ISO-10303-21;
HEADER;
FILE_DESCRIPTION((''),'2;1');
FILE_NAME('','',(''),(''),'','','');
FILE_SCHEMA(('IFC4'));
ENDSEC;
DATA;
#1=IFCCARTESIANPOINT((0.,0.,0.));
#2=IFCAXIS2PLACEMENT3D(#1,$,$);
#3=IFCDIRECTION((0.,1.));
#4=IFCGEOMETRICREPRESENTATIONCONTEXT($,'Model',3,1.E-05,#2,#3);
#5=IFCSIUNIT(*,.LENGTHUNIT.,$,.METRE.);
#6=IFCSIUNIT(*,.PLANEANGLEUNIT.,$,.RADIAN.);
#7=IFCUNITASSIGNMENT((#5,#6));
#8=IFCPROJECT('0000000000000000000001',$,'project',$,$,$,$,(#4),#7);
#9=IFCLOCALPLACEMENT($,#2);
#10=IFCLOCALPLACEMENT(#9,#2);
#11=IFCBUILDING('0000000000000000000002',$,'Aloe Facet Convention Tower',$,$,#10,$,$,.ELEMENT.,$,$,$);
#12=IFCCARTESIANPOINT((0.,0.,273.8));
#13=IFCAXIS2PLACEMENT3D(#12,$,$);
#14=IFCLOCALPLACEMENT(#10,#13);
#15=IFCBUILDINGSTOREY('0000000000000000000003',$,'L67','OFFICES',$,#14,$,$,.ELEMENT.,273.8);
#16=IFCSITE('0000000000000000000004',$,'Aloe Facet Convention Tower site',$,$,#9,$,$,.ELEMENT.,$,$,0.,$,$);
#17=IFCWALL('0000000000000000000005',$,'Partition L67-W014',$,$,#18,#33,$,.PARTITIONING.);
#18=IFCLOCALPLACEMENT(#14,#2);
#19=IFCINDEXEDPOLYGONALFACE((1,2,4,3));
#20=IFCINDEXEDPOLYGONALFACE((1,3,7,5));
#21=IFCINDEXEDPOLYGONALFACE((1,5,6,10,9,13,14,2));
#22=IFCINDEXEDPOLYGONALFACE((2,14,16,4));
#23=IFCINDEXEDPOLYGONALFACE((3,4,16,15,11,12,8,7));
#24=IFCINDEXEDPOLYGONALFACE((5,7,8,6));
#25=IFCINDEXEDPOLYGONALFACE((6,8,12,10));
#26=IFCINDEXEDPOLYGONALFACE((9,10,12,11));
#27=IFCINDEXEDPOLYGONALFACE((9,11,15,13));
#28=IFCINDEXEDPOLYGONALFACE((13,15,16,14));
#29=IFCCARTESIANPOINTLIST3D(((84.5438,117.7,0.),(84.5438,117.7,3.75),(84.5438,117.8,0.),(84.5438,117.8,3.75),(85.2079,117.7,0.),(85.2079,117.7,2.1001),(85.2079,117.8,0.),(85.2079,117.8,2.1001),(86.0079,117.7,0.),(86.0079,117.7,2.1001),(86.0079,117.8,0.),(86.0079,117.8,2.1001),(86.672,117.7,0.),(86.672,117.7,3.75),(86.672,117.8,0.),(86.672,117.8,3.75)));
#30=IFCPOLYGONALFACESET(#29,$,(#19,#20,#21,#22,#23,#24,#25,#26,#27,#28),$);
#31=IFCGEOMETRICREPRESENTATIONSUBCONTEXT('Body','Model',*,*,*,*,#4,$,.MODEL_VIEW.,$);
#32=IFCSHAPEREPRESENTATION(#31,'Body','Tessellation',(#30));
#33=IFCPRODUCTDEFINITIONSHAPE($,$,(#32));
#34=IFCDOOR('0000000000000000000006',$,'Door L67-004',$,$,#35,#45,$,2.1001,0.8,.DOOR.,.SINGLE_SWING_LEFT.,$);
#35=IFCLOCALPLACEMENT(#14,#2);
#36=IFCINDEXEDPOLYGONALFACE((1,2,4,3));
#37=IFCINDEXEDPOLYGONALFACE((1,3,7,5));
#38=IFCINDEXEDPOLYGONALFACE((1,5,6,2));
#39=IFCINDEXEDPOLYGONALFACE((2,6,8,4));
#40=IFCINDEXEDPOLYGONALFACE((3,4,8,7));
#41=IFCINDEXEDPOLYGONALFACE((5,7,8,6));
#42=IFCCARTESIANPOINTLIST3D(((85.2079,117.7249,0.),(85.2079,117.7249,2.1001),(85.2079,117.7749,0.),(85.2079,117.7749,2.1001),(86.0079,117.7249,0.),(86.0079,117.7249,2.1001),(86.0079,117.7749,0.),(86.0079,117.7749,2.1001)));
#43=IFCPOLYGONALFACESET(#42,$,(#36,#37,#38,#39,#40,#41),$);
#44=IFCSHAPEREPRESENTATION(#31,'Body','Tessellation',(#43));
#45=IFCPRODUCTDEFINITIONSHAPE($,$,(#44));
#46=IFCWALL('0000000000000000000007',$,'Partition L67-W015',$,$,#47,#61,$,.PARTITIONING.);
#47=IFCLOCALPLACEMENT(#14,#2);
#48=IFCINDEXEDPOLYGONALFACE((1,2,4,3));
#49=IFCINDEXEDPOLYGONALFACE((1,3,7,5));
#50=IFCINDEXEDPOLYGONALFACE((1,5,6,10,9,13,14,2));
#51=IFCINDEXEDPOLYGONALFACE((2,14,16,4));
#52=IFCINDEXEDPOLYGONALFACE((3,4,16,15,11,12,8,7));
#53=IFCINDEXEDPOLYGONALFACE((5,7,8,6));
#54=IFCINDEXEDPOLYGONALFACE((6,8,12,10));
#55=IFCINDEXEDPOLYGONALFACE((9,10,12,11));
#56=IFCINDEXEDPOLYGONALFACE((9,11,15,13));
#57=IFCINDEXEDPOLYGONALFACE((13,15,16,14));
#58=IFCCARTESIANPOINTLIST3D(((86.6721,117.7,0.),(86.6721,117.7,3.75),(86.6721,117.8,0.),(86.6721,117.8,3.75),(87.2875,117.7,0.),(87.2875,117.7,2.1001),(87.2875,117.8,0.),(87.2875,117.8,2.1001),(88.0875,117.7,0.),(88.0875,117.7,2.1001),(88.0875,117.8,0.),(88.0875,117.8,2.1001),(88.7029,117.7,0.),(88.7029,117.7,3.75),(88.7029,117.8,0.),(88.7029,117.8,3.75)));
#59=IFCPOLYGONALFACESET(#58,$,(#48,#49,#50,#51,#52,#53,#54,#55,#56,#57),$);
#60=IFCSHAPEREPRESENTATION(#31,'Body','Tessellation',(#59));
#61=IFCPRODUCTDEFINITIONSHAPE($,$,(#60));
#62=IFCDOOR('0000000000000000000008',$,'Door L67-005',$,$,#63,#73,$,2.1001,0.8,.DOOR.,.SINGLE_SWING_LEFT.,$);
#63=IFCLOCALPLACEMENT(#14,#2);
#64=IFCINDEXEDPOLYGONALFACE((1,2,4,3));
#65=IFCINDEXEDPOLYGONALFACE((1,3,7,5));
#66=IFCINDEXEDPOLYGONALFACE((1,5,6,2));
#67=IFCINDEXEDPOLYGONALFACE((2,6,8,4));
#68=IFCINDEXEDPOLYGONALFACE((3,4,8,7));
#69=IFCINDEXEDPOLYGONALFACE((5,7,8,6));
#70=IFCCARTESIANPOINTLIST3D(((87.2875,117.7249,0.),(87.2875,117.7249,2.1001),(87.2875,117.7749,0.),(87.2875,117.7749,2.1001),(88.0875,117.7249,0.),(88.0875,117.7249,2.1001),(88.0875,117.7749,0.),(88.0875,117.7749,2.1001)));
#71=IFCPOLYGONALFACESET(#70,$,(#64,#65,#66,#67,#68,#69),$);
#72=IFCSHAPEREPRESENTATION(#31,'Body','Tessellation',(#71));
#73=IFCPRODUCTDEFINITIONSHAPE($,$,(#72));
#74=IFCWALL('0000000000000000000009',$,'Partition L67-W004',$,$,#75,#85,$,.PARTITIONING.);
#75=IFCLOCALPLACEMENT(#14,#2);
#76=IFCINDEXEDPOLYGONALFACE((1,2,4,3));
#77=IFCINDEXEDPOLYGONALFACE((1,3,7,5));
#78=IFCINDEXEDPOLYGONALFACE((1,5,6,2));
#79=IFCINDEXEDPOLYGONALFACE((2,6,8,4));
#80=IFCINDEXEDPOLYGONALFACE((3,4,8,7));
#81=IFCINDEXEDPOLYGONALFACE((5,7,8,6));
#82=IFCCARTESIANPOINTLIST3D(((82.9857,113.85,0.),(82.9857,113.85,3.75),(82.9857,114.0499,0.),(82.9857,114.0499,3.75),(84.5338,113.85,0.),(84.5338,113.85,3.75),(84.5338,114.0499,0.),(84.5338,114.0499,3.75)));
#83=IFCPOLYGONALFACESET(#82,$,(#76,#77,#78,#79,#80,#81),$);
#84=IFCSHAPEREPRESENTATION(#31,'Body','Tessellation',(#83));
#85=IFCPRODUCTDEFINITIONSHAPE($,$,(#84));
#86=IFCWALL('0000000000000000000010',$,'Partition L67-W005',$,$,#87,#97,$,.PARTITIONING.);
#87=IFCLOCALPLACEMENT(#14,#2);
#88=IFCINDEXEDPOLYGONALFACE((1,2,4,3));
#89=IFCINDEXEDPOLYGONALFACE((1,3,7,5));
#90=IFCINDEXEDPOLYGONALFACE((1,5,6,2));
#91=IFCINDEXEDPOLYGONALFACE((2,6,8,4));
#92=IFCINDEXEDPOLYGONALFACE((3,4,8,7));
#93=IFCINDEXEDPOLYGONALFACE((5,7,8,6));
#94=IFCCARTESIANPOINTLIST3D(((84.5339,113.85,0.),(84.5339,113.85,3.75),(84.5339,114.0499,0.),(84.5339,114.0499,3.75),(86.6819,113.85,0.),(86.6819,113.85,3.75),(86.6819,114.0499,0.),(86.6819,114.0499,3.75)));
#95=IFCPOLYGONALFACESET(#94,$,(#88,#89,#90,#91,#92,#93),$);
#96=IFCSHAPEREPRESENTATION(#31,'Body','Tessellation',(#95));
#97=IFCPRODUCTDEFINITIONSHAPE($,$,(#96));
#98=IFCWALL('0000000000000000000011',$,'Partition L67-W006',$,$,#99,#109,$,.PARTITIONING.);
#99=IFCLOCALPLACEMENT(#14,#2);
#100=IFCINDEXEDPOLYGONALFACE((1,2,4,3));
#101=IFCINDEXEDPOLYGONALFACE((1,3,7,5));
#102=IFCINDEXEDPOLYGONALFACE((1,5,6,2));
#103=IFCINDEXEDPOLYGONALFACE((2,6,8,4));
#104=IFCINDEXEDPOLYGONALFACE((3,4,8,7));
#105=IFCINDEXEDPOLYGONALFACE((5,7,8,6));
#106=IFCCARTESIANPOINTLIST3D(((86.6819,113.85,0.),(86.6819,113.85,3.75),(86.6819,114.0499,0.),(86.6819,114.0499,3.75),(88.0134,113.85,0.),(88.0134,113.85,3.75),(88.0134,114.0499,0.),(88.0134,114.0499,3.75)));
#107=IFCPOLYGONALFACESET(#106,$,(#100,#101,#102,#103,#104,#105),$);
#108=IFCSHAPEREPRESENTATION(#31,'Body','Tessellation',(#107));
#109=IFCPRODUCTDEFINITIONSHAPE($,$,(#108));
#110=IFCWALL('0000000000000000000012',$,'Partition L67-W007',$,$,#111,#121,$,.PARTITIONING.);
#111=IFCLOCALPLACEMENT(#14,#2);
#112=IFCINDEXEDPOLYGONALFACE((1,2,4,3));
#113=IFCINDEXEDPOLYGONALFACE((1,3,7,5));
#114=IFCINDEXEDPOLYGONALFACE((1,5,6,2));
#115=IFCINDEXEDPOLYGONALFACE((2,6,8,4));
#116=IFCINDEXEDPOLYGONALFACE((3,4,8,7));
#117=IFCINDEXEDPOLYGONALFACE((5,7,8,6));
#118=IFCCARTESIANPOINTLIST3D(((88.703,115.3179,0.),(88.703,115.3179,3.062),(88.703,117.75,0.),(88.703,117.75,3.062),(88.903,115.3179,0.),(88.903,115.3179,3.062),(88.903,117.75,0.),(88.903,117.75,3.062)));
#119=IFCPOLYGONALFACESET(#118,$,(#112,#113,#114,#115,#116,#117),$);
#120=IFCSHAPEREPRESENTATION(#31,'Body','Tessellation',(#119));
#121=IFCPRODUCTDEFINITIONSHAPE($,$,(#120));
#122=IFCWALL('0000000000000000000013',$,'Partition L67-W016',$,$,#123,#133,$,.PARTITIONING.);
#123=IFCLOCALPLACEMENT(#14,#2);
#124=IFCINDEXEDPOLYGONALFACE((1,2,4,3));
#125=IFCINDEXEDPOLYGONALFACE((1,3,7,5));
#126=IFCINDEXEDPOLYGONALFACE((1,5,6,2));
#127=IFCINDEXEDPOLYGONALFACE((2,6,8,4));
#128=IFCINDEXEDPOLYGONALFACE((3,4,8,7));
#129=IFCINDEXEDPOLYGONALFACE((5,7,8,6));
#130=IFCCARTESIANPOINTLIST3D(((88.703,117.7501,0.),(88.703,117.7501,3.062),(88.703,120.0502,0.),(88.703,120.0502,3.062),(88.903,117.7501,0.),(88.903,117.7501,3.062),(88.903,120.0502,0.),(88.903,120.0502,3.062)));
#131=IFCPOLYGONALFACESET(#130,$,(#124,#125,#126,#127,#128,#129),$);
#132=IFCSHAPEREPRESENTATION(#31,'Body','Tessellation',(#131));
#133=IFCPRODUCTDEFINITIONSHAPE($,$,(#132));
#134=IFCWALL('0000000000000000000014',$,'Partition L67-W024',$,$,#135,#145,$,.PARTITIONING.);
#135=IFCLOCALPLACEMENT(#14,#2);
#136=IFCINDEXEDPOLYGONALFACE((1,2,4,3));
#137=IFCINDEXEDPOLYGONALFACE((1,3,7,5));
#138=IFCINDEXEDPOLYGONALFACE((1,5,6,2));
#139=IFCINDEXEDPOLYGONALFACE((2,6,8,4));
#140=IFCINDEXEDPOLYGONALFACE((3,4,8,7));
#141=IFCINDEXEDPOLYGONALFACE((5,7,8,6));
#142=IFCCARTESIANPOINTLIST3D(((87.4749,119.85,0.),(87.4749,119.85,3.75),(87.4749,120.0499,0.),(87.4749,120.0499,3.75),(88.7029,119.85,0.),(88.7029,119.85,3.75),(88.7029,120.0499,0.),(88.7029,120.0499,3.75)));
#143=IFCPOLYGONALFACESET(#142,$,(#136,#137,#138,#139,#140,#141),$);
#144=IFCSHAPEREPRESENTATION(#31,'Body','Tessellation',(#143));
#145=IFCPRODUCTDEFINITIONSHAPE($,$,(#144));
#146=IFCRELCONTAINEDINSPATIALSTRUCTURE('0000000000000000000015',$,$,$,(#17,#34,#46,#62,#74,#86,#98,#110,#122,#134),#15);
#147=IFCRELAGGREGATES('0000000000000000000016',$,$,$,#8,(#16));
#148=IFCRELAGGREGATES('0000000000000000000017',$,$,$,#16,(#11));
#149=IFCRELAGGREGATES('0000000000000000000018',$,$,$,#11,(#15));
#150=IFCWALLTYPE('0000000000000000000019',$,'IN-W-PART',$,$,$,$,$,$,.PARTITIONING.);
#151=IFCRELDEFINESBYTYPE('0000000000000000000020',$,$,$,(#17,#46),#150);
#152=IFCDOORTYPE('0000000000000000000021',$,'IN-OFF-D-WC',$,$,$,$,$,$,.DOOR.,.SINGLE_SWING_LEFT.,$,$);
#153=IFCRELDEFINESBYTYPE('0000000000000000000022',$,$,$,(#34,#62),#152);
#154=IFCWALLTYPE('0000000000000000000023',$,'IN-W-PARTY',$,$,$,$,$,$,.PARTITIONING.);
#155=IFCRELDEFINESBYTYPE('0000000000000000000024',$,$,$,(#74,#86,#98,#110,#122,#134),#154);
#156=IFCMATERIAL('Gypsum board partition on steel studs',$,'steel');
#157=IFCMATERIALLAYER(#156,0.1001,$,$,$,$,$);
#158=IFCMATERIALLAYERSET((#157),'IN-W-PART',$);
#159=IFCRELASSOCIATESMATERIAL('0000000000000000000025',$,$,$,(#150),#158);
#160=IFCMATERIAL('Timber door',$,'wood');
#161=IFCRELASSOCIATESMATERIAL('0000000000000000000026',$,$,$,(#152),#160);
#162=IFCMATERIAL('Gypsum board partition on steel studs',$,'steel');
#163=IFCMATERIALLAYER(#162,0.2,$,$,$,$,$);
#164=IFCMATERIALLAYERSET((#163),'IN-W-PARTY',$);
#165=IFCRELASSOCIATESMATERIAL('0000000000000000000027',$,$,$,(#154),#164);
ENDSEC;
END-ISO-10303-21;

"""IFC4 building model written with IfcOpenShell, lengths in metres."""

from ifc_helpers import new_model, si_unit, direction, frame, frame_2d, origin, place, context, subcontext, project, spatial, rectangle, extrude, material, layer, layer_set, type_object, element, fill, save


model = new_model("IFC4")

# Units and contexts
model_context = context("Model", 3, precision=1e-05, world=origin(), true_north=direction((0.0, 1.0)))
body_context = subcontext(model_context, "Body", "Model", "MODEL_VIEW")
ifc_project = project(units=[si_unit("LENGTHUNIT", "METRE"), si_unit("PLANEANGLEUNIT", "RADIAN")], contexts=[model_context])

# Site, building, storey
site_placement = place(None, origin())
site = spatial("IfcSite", under=ifc_project, at=site_placement, Name="Aloe Facet Convention Tower site", CompositionType="ELEMENT", RefElevation=0.0)
building_placement = place(site_placement, origin())
building = spatial("IfcBuilding", under=site, at=building_placement, Name="Aloe Facet Convention Tower", CompositionType="ELEMENT")
storey_placement = place(building_placement, frame((0.0, 0.0, 273.8)))
storey = spatial("IfcBuildingStorey", under=building, at=storey_placement, Name="L67", Description="OFFICES", CompositionType="ELEMENT", Elevation=273.8)

# Shared definitions
ifc_material_1 = material(Name="Gypsum board partition on steel studs", Category="steel")
ifc_layer_1 = layer(ifc_material_1, 0.1001)
ifc_layer_set_1 = layer_set([ifc_layer_1], Name="IN-W-PART")
wall_type_1 = type_object("IfcWallType", Name="IN-W-PART", PredefinedType="PARTITIONING", material=ifc_layer_set_1)

# Walls, openings, doors
wall_1_placement = place(storey_placement, frame((84.5439, 117.75, 0.0), z_axis=(0.0, 0.0, 1.0), x_axis=(1.0, 0.0, 0.0)))
wall_1 = element("IfcWall", 1, at=wall_1_placement, inside=storey, type_object=wall_type_1, Name="Partition L67-W014", PredefinedType="PARTITIONING", context=body_context, shape_type="SweptSolid", body=[
    extrude(rectangle(XDim=2.1282, YDim=0.1001, at=frame_2d((1.064, 0.0))), origin(), (0.0, 0.0, 1.0), 3.75),
])
opening_1_placement = place(wall_1_placement, frame((0.6641, 0.0, 0.0)))
opening_1 = element("IfcOpeningElement", 2, at=opening_1_placement, cuts=wall_1, PredefinedType="OPENING", context=body_context, shape_type="SweptSolid", body=[
    extrude(rectangle(XDim=0.8, YDim=2.1001, at=frame_2d((0.3999, 1.05))), frame((0.0, 0.0601, 0.0), z_axis=(0.0, -1.0, 0.0), x_axis=(1.0, 0.0, 0.0)), (0.0, 0.0, 1.0), 0.1201),
])
ifc_material_2 = material(Name="Timber door", Category="wood")
door_type_1 = type_object("IfcDoorType", Name="IN-OFF-D-WC", OperationType="SINGLE_SWING_LEFT", PredefinedType="DOOR", material=ifc_material_2)
door_1_placement = place(opening_1_placement, origin())
door_1 = element("IfcDoor", 3, at=door_1_placement, inside=storey, type_object=door_type_1, Name="Door L67-004", OperationType="SINGLE_SWING_LEFT", OverallHeight=2.1001, OverallWidth=0.8, PredefinedType="DOOR", context=body_context, shape_type="SweptSolid", body=[
    extrude(rectangle(XDim=0.8, YDim=2.1001, at=frame_2d((0.3999, 1.05))), frame((0.0, 0.0249, 0.0), z_axis=(0.0, -1.0, 0.0), x_axis=(1.0, 0.0, 0.0)), (0.0, 0.0, 1.0), 0.05),
])
fill(opening_1, door_1)
wall_2_placement = place(storey_placement, frame((86.6721, 117.75, 0.0), z_axis=(0.0, 0.0, 1.0), x_axis=(1.0, 0.0, 0.0)))
wall_2 = element("IfcWall", 4, at=wall_2_placement, inside=storey, type_object=wall_type_1, Name="Partition L67-W015", PredefinedType="PARTITIONING", context=body_context, shape_type="SweptSolid", body=[
    extrude(rectangle(XDim=2.0308, YDim=0.1001, at=frame_2d((1.0154, 0.0))), origin(), (0.0, 0.0, 1.0), 3.75),
])
opening_2_placement = place(wall_2_placement, frame((0.6155, 0.0, 0.0)))
opening_2 = element("IfcOpeningElement", 5, at=opening_2_placement, cuts=wall_2, PredefinedType="OPENING", context=body_context, shape_type="SweptSolid", body=[
    extrude(rectangle(XDim=0.8, YDim=2.1001, at=frame_2d((0.3999, 1.05))), frame((0.0, 0.0601, 0.0), z_axis=(0.0, -1.0, 0.0), x_axis=(1.0, 0.0, 0.0)), (0.0, 0.0, 1.0), 0.1201),
])
door_2_placement = place(opening_2_placement, origin())
door_2 = element("IfcDoor", 6, at=door_2_placement, inside=storey, type_object=door_type_1, Name="Door L67-005", OperationType="SINGLE_SWING_LEFT", OverallHeight=2.1001, OverallWidth=0.8, PredefinedType="DOOR", context=body_context, shape_type="SweptSolid", body=[
    extrude(rectangle(XDim=0.8, YDim=2.1001, at=frame_2d((0.3999, 1.05))), frame((0.0, 0.0249, 0.0), z_axis=(0.0, -1.0, 0.0), x_axis=(1.0, 0.0, 0.0)), (0.0, 0.0, 1.0), 0.05),
])
fill(opening_2, door_2)

# Walls
ifc_material_3 = material(Name="Gypsum board partition on steel studs", Category="steel")
ifc_layer_2 = layer(ifc_material_3, 0.2)
ifc_layer_set_2 = layer_set([ifc_layer_2], Name="IN-W-PARTY")
wall_type_2 = type_object("IfcWallType", Name="IN-W-PARTY", PredefinedType="PARTITIONING", material=ifc_layer_set_2)
wall_3_placement = place(storey_placement, frame((82.9858, 113.95, 0.0), z_axis=(0.0, 0.0, 1.0), x_axis=(1.0, 0.0, 0.0)))
element("IfcWall", 7, at=wall_3_placement, inside=storey, type_object=wall_type_2, Name="Partition L67-W004", PredefinedType="PARTITIONING", context=body_context, shape_type="SweptSolid", body=[
    extrude(rectangle(XDim=1.5481, YDim=0.2, at=frame_2d((0.7739, 0.0))), origin(), (0.0, 0.0, 1.0), 3.75),
])
wall_4_placement = place(storey_placement, frame((84.5339, 113.95, 0.0), z_axis=(0.0, 0.0, 1.0), x_axis=(1.0, 0.0, 0.0)))
element("IfcWall", 8, at=wall_4_placement, inside=storey, type_object=wall_type_2, Name="Partition L67-W005", PredefinedType="PARTITIONING", context=body_context, shape_type="SweptSolid", body=[
    extrude(rectangle(XDim=2.1479, YDim=0.2, at=frame_2d((1.074, 0.0))), origin(), (0.0, 0.0, 1.0), 3.75),
])
wall_5_placement = place(storey_placement, frame((86.6819, 113.95, 0.0), z_axis=(0.0, 0.0, 1.0), x_axis=(1.0, 0.0, 0.0)))
element("IfcWall", 9, at=wall_5_placement, inside=storey, type_object=wall_type_2, Name="Partition L67-W006", PredefinedType="PARTITIONING", context=body_context, shape_type="SweptSolid", body=[
    extrude(rectangle(XDim=1.3315, YDim=0.2, at=frame_2d((0.6658, 0.0))), origin(), (0.0, 0.0, 1.0), 3.75),
])
wall_6_placement = place(storey_placement, frame((88.803, 115.3179, 0.0), z_axis=(0.0, 0.0, 1.0), x_axis=(0.0, 1.0, 0.0)))
element("IfcWall", 10, at=wall_6_placement, inside=storey, type_object=wall_type_2, Name="Partition L67-W007", PredefinedType="PARTITIONING", context=body_context, shape_type="SweptSolid", body=[
    extrude(rectangle(XDim=2.4321, YDim=0.2, at=frame_2d((1.2161, 0.0))), origin(), (0.0, 0.0, 1.0), 3.062),
])
wall_7_placement = place(storey_placement, frame((88.803, 120.05, 0.0), z_axis=(0.0, 0.0, 1.0), x_axis=(0.0, -1.0, 0.0)))
element("IfcWall", 11, at=wall_7_placement, inside=storey, type_object=wall_type_2, Name="Partition L67-W016", PredefinedType="PARTITIONING", context=body_context, shape_type="SweptSolid", body=[
    extrude(rectangle(XDim=2.3, YDim=0.2, at=frame_2d((1.1499, 0.0))), origin(), (0.0, 0.0, 1.0), 3.062),
])
wall_8_placement = place(storey_placement, frame((87.4749, 119.95, 0.0), z_axis=(0.0, 0.0, 1.0), x_axis=(1.0, 0.0, 0.0)))
element("IfcWall", 12, at=wall_8_placement, inside=storey, type_object=wall_type_2, Name="Partition L67-W024", PredefinedType="PARTITIONING", context=body_context, shape_type="SweptSolid", body=[
    extrude(rectangle(XDim=1.228, YDim=0.2, at=frame_2d((0.614, 0.0))), origin(), (0.0, 0.0, 1.0), 3.75),
])

save(model, "model.ifc")
